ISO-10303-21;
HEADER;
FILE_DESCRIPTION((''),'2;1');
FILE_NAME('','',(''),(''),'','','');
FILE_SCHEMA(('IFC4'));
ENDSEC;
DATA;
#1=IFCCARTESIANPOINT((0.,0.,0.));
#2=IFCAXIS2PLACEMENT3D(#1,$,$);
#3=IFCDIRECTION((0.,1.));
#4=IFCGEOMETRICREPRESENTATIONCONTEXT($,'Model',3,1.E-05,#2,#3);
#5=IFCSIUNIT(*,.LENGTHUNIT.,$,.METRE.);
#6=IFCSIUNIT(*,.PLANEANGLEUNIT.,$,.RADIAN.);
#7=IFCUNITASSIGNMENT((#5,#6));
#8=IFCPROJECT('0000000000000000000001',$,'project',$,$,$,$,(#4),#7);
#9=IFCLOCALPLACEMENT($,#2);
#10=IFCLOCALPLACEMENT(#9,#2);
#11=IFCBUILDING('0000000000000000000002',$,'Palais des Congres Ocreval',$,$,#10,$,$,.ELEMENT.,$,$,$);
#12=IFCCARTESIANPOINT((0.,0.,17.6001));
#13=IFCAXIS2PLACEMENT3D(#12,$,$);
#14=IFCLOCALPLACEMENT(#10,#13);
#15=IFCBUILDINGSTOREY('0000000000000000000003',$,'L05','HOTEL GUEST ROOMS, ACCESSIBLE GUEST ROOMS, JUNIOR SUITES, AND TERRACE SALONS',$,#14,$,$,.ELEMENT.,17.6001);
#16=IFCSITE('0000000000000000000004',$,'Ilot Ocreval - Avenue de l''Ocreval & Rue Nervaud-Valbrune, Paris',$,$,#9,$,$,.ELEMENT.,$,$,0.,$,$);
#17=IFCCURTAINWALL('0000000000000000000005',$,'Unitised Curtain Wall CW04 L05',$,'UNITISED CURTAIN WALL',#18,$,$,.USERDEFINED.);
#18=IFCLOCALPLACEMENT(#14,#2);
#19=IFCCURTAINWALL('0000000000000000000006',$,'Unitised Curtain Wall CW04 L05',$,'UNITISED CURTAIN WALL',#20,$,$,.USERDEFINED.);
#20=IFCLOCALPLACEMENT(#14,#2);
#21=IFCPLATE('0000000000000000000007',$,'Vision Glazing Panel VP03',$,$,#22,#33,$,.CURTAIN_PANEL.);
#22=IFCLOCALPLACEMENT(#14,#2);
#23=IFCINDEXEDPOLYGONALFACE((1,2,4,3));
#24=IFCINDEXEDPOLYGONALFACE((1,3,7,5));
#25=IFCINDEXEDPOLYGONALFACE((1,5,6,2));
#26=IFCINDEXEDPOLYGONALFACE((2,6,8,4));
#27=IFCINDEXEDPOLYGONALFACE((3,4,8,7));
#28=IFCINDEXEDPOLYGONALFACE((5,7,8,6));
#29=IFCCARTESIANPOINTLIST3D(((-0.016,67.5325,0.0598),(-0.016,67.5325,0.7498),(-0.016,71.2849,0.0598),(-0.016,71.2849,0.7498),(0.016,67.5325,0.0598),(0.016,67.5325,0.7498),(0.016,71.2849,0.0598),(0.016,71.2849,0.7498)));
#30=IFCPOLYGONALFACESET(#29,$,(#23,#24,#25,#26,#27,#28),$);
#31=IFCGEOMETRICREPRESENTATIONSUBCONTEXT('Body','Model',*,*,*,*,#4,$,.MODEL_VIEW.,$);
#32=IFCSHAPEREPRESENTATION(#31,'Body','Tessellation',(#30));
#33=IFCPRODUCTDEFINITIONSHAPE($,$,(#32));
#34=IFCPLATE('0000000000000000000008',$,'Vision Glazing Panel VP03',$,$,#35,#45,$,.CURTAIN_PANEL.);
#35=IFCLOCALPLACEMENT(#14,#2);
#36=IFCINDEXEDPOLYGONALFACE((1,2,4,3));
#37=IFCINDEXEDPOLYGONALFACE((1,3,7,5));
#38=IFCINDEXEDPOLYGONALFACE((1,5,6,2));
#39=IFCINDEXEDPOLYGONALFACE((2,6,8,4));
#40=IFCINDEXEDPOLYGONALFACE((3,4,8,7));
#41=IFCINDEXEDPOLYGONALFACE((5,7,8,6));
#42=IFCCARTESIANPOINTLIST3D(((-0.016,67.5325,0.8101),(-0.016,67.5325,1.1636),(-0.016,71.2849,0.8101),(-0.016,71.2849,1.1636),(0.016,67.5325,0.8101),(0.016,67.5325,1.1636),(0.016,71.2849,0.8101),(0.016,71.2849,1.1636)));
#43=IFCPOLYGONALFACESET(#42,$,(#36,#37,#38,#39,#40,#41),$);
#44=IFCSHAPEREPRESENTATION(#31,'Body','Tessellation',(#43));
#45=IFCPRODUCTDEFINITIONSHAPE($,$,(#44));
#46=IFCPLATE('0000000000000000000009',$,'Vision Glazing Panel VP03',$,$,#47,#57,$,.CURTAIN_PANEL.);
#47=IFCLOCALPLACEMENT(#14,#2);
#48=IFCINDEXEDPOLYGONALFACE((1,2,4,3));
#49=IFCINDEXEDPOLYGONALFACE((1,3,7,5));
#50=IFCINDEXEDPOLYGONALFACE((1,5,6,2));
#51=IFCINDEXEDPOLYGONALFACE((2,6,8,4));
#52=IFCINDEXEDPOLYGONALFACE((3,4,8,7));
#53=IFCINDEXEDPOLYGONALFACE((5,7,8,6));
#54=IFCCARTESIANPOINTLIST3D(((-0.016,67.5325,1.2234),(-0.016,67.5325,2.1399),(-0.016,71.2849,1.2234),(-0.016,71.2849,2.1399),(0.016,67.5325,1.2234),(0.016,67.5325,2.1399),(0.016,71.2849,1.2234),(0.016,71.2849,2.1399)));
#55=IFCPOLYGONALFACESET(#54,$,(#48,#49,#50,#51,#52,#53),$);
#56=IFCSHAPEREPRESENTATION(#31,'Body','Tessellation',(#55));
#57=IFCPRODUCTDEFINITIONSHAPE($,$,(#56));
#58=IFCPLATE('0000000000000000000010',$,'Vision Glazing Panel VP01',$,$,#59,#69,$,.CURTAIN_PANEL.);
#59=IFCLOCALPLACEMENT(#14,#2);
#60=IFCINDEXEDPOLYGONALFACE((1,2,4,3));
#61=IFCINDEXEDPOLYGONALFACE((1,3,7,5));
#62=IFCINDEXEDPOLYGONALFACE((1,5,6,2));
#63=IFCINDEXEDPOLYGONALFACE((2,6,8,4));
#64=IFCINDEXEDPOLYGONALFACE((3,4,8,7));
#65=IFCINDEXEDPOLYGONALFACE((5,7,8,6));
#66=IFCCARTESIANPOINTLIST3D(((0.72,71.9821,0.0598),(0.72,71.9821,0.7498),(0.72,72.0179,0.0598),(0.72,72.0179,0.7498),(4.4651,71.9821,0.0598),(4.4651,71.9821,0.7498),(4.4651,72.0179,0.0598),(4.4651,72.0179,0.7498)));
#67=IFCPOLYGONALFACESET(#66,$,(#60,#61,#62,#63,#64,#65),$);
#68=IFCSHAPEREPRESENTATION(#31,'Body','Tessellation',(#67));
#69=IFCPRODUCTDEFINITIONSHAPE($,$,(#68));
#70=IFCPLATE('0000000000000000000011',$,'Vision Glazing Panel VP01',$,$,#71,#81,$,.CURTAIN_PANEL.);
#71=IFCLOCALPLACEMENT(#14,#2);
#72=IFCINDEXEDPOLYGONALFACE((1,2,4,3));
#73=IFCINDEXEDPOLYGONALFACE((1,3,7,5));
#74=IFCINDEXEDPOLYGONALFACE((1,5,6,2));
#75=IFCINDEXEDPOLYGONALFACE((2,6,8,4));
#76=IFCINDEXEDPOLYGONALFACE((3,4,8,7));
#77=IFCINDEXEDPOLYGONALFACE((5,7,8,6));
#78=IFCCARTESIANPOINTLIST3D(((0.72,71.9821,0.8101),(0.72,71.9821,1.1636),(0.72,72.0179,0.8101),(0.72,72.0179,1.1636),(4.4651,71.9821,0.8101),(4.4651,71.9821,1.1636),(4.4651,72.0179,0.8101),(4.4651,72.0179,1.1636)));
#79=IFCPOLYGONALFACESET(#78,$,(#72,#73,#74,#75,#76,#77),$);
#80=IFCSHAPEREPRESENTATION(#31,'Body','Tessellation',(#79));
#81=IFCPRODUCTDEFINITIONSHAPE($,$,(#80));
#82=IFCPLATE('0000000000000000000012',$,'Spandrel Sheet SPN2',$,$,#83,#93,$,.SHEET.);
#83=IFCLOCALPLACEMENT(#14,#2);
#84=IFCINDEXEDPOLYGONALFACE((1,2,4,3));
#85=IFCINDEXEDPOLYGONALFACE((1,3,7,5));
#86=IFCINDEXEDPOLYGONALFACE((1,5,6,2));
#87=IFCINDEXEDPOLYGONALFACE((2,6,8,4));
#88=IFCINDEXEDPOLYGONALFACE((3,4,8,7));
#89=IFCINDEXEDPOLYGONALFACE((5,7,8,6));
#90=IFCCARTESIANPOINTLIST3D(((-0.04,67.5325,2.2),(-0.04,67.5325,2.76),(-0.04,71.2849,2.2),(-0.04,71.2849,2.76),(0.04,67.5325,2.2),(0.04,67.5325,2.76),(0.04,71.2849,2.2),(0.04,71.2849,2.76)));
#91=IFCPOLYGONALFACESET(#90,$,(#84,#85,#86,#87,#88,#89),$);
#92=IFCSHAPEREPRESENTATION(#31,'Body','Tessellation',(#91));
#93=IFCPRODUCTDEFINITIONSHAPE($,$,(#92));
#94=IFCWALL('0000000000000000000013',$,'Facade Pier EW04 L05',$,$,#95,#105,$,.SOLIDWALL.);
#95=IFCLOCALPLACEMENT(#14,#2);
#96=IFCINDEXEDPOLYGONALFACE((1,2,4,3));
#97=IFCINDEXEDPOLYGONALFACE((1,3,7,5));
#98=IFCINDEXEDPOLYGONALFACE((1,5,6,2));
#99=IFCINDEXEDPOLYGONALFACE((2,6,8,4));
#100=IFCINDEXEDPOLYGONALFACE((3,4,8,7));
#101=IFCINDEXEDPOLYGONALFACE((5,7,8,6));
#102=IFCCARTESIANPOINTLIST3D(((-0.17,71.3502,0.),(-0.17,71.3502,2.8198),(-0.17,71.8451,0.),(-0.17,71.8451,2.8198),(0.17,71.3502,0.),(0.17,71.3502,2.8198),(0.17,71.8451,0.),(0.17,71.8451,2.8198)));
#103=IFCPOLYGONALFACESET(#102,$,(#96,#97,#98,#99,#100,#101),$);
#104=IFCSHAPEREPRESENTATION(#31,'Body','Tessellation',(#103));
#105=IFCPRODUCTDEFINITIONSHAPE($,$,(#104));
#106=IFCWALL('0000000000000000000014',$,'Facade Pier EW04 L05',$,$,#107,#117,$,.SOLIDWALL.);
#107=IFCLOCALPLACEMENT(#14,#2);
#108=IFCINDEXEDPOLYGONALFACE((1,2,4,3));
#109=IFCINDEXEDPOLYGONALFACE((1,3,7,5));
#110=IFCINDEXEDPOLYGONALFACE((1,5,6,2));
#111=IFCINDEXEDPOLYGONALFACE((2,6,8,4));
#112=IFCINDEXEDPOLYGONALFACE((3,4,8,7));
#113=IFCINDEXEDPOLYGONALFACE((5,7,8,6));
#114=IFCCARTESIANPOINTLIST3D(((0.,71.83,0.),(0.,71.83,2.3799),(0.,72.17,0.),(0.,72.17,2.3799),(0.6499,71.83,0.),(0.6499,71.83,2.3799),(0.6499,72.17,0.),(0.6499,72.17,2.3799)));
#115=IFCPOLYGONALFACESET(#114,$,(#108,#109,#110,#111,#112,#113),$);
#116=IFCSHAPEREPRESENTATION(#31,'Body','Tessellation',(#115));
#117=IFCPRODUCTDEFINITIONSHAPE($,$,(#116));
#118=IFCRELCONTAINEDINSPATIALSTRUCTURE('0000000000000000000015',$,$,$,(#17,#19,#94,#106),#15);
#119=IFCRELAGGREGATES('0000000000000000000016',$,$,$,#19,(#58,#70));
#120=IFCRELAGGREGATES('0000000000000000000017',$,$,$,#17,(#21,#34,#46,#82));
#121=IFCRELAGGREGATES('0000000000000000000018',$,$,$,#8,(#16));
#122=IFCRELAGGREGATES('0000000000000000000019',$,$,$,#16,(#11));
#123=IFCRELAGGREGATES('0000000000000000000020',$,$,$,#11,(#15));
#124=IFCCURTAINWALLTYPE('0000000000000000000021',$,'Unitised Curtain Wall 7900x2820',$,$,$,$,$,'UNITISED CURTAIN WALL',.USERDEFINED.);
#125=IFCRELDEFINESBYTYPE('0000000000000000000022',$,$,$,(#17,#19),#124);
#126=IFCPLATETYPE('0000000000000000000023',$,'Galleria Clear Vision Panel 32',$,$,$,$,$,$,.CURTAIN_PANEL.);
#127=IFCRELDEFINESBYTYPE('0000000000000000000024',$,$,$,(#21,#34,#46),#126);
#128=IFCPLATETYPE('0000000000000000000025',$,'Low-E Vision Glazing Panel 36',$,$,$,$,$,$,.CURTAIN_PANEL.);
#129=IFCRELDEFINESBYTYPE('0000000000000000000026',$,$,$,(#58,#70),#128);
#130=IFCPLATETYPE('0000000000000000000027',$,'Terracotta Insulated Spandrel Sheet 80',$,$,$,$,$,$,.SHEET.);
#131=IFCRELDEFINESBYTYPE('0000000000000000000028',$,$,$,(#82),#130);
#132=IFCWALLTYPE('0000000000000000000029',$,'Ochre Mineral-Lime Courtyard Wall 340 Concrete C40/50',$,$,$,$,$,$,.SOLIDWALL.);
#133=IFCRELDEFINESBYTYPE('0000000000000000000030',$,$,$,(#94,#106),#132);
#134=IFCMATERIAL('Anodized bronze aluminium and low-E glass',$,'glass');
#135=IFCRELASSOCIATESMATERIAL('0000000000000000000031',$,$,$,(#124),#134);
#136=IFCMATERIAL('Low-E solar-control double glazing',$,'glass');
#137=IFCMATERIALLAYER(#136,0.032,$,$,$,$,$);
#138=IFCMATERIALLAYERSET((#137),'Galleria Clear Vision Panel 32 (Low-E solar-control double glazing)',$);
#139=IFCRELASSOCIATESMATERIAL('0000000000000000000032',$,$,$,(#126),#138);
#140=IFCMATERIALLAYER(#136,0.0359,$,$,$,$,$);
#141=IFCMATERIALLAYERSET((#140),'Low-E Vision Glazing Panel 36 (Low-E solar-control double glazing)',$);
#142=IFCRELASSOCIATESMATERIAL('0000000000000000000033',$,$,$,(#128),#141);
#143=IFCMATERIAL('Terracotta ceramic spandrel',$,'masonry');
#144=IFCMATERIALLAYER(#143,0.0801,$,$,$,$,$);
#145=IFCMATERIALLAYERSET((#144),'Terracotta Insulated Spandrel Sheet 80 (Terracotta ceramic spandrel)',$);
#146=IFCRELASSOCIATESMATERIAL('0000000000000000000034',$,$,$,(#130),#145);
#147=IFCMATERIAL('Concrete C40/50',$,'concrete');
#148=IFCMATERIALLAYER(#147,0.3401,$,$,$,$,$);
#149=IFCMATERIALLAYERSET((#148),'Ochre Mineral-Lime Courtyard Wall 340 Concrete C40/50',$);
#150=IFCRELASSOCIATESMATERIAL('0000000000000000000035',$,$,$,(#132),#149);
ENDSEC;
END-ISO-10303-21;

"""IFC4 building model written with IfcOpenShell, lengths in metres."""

from ifc_helpers import new_model, si_unit, direction, frame, frame_2d, origin, origin_2d, place, context, subcontext, project, spatial, rectangle, extrude, material, layer, layer_set, type_object, element, aggregate, save


model = new_model("IFC4")

# Units and contexts
model_context = context("Model", 3, precision=1e-05, world=origin(), true_north=direction((0.0, 1.0)))
body_context = subcontext(model_context, "Body", "Model", "MODEL_VIEW")
ifc_project = project(units=[si_unit("LENGTHUNIT", "METRE"), si_unit("PLANEANGLEUNIT", "RADIAN")], contexts=[model_context])

# Site, building, storey
site_placement = place(None, origin())
site = spatial("IfcSite", under=ifc_project, at=site_placement, Name="Ilot Ocreval - Avenue de l'Ocreval & Rue Nervaud-Valbrune, Paris", CompositionType="ELEMENT", RefElevation=0.0)
building_placement = place(site_placement, origin())
building = spatial("IfcBuilding", under=site, at=building_placement, Name="Palais des Congres Ocreval", CompositionType="ELEMENT")
storey_placement = place(building_placement, frame((0.0, 0.0, 17.6001)))
storey = spatial("IfcBuildingStorey", under=building, at=storey_placement, Name="L05", Description="HOTEL GUEST ROOMS, ACCESSIBLE GUEST ROOMS, JUNIOR SUITES, AND TERRACE SALONS", CompositionType="ELEMENT", Elevation=17.6001)

# Curtain walls
ifc_material_1 = material(Name="Anodized bronze aluminium and low-E glass", Category="glass")
curtain_wall_type = type_object("IfcCurtainWallType", Name="Unitised Curtain Wall 7900x2820", ElementType="UNITISED CURTAIN WALL", PredefinedType="USERDEFINED", material=ifc_material_1)
curtain_wall_1_placement = place(storey_placement, origin())
curtain_wall_1 = element("IfcCurtainWall", 1, at=curtain_wall_1_placement, inside=storey, type_object=curtain_wall_type, Name="Unitised Curtain Wall CW04 L05", ObjectType="UNITISED CURTAIN WALL", PredefinedType="USERDEFINED")
curtain_wall_2_placement = place(storey_placement, origin())
curtain_wall_2 = element("IfcCurtainWall", 2, at=curtain_wall_2_placement, inside=storey, type_object=curtain_wall_type, Name="Unitised Curtain Wall CW04 L05", ObjectType="UNITISED CURTAIN WALL", PredefinedType="USERDEFINED")

# Plates
ifc_material_2 = material(Name="Low-E solar-control double glazing", Category="glass")
ifc_layer_1 = layer(ifc_material_2, 0.032)
ifc_layer_set_1 = layer_set([ifc_layer_1], Name="Galleria Clear Vision Panel 32 (Low-E solar-control double glazing)")
plate_type_1 = type_object("IfcPlateType", Name="Galleria Clear Vision Panel 32", PredefinedType="CURTAIN_PANEL", material=ifc_layer_set_1)
plate_1_placement = place(storey_placement, frame((0.0, 69.4087, 0.0598), z_axis=(0.0, 0.0, 1.0), x_axis=(0.0, 1.0, 0.0)))
plate_1 = element("IfcPlate", 3, at=plate_1_placement, type_object=plate_type_1, Name="Vision Glazing Panel VP03", PredefinedType="CURTAIN_PANEL", context=body_context, shape_type="SweptSolid", body=[
    extrude(rectangle(XDim=3.7524, YDim=0.032, at=origin_2d()), origin(), (0.0, 0.0, 1.0), 0.6899),
])
plate_2_placement = place(storey_placement, frame((0.0, 69.4087, 0.8101), z_axis=(0.0, 0.0, 1.0), x_axis=(0.0, 1.0, 0.0)))
plate_2 = element("IfcPlate", 4, at=plate_2_placement, type_object=plate_type_1, Name="Vision Glazing Panel VP03", PredefinedType="CURTAIN_PANEL", context=body_context, shape_type="SweptSolid", body=[
    extrude(rectangle(XDim=3.7524, YDim=0.032, at=origin_2d()), origin(), (0.0, 0.0, 1.0), 0.3535),
])
plate_3_placement = place(storey_placement, frame((0.0, 69.4087, 1.2234), z_axis=(0.0, 0.0, 1.0), x_axis=(0.0, 1.0, 0.0)))
plate_3 = element("IfcPlate", 5, at=plate_3_placement, type_object=plate_type_1, Name="Vision Glazing Panel VP03", PredefinedType="CURTAIN_PANEL", context=body_context, shape_type="SweptSolid", body=[
    extrude(rectangle(XDim=3.7524, YDim=0.032, at=origin_2d()), origin(), (0.0, 0.0, 1.0), 0.9165),
])
ifc_layer_2 = layer(ifc_material_2, 0.0359)
ifc_layer_set_2 = layer_set([ifc_layer_2], Name="Low-E Vision Glazing Panel 36 (Low-E solar-control double glazing)")
plate_type_2 = type_object("IfcPlateType", Name="Low-E Vision Glazing Panel 36", PredefinedType="CURTAIN_PANEL", material=ifc_layer_set_2)
plate_4_placement = place(storey_placement, frame((2.5925, 72.0, 0.0598), z_axis=(0.0, 0.0, 1.0), x_axis=(1.0, 0.0, 0.0)))
plate_4 = element("IfcPlate", 6, at=plate_4_placement, type_object=plate_type_2, Name="Vision Glazing Panel VP01", PredefinedType="CURTAIN_PANEL", context=body_context, shape_type="SweptSolid", body=[
    extrude(rectangle(XDim=3.7451, YDim=0.0359, at=origin_2d()), origin(), (0.0, 0.0, 1.0), 0.6899),
])
plate_5_placement = place(storey_placement, frame((2.5925, 72.0, 0.8101), z_axis=(0.0, 0.0, 1.0), x_axis=(1.0, 0.0, 0.0)))
plate_5 = element("IfcPlate", 7, at=plate_5_placement, type_object=plate_type_2, Name="Vision Glazing Panel VP01", PredefinedType="CURTAIN_PANEL", context=body_context, shape_type="SweptSolid", body=[
    extrude(rectangle(XDim=3.7451, YDim=0.0359, at=origin_2d()), origin(), (0.0, 0.0, 1.0), 0.3535),
])
aggregate(curtain_wall_2, [plate_4, plate_5])
ifc_material_3 = material(Name="Terracotta ceramic spandrel", Category="masonry")
ifc_layer_3 = layer(ifc_material_3, 0.0801)
ifc_layer_set_3 = layer_set([ifc_layer_3], Name="Terracotta Insulated Spandrel Sheet 80 (Terracotta ceramic spandrel)")
plate_type_3 = type_object("IfcPlateType", Name="Terracotta Insulated Spandrel Sheet 80", PredefinedType="SHEET", material=ifc_layer_set_3)
plate_6_placement = place(storey_placement, frame((0.0, 69.4087, 2.2), z_axis=(0.0, 0.0, 1.0), x_axis=(0.0, 1.0, 0.0)))
plate_6 = element("IfcPlate", 8, at=plate_6_placement, type_object=plate_type_3, Name="Spandrel Sheet SPN2", PredefinedType="SHEET", context=body_context, shape_type="SweptSolid", body=[
    extrude(rectangle(XDim=3.7524, YDim=0.0801, at=origin_2d()), origin(), (0.0, 0.0, 1.0), 0.5601),
])
aggregate(curtain_wall_1, [plate_1, plate_2, plate_3, plate_6])

# Walls
ifc_material_4 = material(Name="Concrete C40/50", Category="concrete")
ifc_layer_4 = layer(ifc_material_4, 0.3401)
ifc_layer_set_4 = layer_set([ifc_layer_4], Name="Ochre Mineral-Lime Courtyard Wall 340 Concrete C40/50")
wall_type = type_object("IfcWallType", Name="Ochre Mineral-Lime Courtyard Wall 340 Concrete C40/50", PredefinedType="SOLIDWALL", material=ifc_layer_set_4)
wall_1_placement = place(storey_placement, frame((0.0, 71.3501, 0.0), z_axis=(0.0, 0.0, 1.0), x_axis=(0.0, 1.0, 0.0)))
element("IfcWall", 9, at=wall_1_placement, inside=storey, type_object=wall_type, Name="Facade Pier EW04 L05", PredefinedType="SOLIDWALL", context=body_context, shape_type="SweptSolid", body=[
    extrude(rectangle(XDim=0.4949, YDim=0.3401, at=frame_2d((0.2476, 0.0))), origin(), (0.0, 0.0, 1.0), 2.8198),
])
wall_2_placement = place(storey_placement, frame((0.0, 72.0, 0.0), z_axis=(0.0, 0.0, 1.0), x_axis=(1.0, 0.0, 0.0)))
element("IfcWall", 10, at=wall_2_placement, inside=storey, type_object=wall_type, Name="Facade Pier EW04 L05", PredefinedType="SOLIDWALL", context=body_context, shape_type="SweptSolid", body=[
    extrude(rectangle(XDim=0.6499, YDim=0.3401, at=frame_2d((0.325, 0.0))), origin(), (0.0, 0.0, 1.0), 2.3799),
])

save(model, "model.ifc")
